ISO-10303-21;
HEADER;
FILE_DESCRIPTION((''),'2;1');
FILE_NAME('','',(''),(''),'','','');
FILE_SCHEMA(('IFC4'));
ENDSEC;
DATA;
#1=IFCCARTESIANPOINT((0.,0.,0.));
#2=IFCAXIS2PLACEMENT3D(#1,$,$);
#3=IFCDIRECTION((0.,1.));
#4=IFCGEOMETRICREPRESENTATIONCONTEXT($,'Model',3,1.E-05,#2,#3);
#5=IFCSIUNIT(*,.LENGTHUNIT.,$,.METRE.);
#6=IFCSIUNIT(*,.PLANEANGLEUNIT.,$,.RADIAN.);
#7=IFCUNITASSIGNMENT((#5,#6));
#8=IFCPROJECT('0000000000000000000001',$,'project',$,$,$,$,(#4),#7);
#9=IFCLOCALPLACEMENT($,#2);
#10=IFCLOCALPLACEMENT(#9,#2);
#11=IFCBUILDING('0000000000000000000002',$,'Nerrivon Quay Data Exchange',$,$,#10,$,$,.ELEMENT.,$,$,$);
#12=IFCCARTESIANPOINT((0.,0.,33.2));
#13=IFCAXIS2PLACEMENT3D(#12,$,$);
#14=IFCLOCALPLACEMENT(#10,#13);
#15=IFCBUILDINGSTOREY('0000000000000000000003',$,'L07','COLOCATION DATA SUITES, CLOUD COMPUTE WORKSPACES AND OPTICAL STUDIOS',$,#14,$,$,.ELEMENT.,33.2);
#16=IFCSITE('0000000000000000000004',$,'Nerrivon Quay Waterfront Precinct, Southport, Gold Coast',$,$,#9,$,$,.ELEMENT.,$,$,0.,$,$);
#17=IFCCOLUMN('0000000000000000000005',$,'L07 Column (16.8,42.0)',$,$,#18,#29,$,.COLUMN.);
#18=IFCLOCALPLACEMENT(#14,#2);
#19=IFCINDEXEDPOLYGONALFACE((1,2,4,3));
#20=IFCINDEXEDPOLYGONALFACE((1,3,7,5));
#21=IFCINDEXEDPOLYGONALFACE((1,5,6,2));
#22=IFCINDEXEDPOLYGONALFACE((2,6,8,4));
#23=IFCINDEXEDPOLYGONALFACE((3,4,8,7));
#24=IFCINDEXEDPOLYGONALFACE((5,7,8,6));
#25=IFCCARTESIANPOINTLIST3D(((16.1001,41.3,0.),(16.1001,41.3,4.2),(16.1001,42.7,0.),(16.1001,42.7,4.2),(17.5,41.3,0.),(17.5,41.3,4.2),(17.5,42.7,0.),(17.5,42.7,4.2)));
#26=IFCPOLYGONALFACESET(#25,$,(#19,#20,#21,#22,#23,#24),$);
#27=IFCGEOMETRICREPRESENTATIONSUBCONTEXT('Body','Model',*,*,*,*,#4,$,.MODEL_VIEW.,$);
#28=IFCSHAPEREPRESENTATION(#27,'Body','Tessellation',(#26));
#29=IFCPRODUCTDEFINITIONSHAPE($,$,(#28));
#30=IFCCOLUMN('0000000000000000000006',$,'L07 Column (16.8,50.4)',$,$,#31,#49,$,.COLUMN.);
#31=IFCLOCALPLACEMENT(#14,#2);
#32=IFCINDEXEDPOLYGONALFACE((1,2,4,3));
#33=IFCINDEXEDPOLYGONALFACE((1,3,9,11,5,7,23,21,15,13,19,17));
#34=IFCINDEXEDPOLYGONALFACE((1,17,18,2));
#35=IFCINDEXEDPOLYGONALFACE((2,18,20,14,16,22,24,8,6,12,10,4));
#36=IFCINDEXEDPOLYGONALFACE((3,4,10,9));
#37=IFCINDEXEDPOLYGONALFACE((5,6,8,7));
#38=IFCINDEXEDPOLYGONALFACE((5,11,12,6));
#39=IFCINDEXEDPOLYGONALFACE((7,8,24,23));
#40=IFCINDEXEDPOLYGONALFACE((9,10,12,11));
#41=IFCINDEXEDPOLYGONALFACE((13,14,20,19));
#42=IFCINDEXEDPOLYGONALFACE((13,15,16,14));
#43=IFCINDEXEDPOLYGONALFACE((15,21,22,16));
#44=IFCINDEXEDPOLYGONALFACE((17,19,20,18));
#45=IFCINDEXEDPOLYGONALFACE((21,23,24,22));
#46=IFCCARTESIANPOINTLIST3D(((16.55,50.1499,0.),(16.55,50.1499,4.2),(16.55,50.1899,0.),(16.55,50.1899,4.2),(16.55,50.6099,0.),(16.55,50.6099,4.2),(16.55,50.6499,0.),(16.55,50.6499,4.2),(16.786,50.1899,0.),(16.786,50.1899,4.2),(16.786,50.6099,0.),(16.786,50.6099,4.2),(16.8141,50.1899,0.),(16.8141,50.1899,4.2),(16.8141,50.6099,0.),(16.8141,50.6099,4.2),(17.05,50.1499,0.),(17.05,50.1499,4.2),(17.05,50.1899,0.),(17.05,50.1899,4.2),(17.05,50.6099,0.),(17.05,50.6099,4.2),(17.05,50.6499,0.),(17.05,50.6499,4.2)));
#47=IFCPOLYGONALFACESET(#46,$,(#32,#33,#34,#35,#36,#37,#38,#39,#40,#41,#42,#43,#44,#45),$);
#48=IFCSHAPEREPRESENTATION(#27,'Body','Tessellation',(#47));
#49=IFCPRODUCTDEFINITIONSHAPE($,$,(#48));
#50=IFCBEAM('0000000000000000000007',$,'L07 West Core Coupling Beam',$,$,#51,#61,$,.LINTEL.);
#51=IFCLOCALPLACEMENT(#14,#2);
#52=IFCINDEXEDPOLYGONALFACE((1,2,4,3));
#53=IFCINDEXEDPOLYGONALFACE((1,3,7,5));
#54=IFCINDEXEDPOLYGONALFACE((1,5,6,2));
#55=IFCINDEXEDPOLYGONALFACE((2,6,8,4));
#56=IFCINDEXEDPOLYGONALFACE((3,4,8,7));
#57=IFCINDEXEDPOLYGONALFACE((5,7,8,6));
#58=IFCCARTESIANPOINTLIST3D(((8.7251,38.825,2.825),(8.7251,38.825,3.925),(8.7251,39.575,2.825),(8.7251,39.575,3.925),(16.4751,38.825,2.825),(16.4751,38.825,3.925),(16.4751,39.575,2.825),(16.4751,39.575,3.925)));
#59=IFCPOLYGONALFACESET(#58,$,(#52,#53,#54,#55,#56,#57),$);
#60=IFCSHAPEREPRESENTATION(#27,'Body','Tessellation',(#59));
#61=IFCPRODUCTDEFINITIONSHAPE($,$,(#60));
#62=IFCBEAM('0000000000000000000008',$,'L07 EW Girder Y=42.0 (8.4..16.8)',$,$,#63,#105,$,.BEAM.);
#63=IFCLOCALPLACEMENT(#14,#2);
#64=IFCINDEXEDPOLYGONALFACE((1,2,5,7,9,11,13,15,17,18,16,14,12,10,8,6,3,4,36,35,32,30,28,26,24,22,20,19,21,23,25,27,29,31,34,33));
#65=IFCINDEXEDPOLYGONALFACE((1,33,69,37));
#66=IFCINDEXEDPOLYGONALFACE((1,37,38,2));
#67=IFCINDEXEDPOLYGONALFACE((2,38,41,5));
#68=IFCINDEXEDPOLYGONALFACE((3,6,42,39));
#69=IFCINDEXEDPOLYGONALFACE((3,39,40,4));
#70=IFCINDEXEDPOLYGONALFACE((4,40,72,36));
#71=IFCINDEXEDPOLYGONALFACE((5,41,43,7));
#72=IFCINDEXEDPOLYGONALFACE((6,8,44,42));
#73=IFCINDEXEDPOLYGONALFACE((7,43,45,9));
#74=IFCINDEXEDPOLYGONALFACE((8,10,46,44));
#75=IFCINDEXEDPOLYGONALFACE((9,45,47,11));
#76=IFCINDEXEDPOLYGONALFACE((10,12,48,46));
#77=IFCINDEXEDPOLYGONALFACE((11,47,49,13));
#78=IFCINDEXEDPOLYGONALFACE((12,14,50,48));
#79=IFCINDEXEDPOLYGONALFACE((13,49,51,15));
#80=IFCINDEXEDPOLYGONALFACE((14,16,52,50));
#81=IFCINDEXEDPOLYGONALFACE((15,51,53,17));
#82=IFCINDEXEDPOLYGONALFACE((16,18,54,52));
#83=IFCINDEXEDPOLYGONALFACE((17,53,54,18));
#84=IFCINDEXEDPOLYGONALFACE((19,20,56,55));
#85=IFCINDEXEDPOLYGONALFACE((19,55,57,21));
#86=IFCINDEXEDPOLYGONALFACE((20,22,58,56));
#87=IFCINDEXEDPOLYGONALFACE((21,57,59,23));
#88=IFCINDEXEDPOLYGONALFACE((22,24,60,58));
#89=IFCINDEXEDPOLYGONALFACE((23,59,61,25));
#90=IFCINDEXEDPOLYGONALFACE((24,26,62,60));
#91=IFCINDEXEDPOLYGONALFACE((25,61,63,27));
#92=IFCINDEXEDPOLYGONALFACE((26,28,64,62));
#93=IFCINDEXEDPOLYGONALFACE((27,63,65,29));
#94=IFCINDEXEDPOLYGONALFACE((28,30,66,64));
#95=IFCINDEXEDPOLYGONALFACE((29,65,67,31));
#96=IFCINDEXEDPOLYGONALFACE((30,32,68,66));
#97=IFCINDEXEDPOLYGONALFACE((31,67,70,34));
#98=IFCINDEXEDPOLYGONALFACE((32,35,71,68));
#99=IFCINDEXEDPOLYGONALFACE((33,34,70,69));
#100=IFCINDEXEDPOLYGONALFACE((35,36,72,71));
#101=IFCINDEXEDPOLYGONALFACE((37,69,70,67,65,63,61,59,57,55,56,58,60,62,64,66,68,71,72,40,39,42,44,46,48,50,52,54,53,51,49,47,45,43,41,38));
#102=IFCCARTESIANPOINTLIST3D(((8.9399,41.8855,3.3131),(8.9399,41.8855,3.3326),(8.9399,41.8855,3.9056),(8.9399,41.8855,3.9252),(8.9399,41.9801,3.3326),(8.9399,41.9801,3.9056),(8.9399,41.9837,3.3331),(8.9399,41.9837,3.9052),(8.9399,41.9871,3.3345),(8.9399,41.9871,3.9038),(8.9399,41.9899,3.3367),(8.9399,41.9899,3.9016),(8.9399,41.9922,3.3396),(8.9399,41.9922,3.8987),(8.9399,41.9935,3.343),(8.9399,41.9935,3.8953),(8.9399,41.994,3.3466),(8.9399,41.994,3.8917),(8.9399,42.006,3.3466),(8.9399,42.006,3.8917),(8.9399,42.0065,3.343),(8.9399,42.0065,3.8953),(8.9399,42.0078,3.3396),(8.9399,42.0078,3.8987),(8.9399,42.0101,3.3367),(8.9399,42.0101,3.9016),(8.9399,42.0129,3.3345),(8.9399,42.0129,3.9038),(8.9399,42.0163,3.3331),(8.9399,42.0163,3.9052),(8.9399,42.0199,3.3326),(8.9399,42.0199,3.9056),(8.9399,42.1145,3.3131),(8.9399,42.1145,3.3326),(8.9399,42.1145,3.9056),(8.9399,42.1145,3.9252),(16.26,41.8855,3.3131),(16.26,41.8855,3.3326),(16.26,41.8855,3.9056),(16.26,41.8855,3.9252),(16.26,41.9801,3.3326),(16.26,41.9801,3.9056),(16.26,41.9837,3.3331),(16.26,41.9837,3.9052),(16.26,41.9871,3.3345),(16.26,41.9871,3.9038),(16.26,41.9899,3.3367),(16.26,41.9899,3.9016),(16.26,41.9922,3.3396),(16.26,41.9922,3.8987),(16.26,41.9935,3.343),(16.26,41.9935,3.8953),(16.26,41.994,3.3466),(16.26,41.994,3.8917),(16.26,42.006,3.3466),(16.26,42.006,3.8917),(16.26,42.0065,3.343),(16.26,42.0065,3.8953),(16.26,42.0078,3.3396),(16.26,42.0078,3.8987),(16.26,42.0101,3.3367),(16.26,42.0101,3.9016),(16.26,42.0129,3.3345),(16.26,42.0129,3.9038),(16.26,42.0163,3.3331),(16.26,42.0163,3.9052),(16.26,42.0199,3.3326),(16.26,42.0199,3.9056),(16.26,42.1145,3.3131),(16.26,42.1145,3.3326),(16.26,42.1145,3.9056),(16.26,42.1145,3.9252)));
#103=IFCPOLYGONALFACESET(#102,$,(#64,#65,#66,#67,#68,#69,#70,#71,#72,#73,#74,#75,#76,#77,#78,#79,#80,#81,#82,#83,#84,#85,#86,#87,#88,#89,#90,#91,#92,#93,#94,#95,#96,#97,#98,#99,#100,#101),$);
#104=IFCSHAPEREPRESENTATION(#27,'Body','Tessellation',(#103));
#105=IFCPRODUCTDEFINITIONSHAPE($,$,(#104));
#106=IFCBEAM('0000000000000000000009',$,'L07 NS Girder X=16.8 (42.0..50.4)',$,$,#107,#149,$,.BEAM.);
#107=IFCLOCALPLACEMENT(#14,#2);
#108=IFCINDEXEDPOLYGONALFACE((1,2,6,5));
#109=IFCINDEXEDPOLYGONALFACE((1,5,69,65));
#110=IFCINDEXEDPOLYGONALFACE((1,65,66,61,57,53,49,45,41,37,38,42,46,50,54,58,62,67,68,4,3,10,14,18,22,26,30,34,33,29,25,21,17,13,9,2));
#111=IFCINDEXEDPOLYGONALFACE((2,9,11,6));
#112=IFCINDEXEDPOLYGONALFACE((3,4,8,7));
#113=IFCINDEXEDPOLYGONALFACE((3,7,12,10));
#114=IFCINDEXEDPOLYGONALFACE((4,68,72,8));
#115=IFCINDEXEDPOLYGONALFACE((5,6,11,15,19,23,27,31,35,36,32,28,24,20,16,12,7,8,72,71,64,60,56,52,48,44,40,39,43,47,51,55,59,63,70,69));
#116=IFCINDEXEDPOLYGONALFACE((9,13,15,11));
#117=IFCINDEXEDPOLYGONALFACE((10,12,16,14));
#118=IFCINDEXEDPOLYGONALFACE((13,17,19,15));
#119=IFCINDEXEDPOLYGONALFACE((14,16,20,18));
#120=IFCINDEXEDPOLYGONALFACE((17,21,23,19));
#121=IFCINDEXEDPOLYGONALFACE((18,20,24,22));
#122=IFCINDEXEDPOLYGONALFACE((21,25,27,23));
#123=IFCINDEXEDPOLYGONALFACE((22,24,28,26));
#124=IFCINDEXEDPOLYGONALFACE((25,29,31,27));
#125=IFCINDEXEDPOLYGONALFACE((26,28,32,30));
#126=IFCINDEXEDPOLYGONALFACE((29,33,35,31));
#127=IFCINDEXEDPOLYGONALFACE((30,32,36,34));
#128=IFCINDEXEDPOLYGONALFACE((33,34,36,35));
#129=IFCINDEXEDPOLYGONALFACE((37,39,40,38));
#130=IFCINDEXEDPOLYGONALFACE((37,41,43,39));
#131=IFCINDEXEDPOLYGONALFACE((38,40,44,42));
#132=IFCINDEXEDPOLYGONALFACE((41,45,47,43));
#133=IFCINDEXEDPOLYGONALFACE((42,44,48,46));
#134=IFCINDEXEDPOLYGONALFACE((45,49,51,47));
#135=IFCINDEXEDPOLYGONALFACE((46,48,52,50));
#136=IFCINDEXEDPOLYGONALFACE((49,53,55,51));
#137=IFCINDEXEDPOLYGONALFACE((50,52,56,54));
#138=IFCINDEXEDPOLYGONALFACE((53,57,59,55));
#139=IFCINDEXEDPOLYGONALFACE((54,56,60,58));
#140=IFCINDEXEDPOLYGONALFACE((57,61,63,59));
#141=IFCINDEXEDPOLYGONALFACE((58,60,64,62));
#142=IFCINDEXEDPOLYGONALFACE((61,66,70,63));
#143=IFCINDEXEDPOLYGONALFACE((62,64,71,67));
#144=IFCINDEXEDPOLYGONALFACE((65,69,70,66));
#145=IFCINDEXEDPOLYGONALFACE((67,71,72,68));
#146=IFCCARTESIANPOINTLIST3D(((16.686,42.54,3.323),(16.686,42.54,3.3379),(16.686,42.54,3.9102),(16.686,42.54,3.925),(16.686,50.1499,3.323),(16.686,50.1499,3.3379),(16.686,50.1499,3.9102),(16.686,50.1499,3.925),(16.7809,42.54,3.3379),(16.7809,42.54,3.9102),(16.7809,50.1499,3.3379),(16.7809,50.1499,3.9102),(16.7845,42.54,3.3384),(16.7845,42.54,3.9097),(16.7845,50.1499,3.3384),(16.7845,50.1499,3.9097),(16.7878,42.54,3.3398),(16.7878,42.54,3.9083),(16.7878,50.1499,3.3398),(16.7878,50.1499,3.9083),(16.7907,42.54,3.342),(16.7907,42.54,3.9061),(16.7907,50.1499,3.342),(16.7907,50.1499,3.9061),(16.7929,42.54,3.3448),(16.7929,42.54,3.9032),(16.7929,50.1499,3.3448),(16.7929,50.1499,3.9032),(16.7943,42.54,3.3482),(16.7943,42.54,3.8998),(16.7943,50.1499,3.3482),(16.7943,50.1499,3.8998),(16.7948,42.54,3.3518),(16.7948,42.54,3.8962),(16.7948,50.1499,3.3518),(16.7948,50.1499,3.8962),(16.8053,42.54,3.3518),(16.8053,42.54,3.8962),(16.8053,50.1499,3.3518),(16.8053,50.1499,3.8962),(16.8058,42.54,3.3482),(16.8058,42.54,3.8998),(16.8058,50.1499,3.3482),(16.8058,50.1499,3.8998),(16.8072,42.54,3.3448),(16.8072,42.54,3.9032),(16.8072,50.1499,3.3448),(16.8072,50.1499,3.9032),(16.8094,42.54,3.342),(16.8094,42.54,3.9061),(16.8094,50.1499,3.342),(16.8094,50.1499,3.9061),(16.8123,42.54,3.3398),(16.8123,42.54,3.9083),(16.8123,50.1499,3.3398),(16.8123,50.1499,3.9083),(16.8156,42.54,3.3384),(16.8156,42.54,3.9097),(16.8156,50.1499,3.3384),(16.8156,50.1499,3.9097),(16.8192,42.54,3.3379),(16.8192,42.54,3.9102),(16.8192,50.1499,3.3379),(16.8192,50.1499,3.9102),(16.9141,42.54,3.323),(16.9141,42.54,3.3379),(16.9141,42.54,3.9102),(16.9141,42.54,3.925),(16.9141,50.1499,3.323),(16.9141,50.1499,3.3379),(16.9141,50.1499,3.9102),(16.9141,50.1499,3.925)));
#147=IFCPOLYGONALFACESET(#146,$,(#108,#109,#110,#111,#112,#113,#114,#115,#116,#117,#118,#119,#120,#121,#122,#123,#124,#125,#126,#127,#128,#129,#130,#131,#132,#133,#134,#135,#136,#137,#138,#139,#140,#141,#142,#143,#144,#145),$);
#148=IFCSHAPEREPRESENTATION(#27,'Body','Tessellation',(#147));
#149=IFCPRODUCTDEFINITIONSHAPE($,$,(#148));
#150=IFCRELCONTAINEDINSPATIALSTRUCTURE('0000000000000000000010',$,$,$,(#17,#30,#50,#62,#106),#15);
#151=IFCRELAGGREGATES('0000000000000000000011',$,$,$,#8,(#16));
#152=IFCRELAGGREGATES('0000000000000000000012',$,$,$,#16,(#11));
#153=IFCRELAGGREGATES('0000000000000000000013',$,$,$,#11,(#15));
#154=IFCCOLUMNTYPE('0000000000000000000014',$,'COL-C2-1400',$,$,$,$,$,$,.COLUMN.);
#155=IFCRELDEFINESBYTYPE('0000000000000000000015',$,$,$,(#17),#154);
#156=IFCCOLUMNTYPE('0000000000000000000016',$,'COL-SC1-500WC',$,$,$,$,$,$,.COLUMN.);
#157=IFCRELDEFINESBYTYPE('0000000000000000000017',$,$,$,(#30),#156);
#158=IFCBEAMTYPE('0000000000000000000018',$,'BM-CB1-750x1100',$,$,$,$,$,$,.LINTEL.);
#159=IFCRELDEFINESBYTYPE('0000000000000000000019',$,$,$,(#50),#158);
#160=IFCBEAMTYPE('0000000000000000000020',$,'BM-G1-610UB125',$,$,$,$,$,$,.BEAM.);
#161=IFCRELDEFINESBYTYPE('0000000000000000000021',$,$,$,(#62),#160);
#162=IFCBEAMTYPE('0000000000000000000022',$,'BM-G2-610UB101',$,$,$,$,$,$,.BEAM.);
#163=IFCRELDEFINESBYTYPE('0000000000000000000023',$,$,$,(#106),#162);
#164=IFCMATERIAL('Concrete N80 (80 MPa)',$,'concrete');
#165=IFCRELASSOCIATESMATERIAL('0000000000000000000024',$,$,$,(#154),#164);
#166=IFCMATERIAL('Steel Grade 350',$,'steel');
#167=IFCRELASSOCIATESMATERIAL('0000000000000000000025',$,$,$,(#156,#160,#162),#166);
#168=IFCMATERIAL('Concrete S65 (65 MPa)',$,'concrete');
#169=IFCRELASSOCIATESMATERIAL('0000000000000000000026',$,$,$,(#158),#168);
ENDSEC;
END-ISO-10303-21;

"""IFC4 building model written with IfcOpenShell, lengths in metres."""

from ifc_helpers import new_model, si_unit, direction, frame, origin, origin_2d, place, context, subcontext, project, spatial, rectangle, i_section, extrude, material, material_profile, profile_set, type_object, element, save


model = new_model("IFC4")

# Units and contexts
model_context = context("Model", 3, precision=1e-05, world=origin(), true_north=direction((0.0, 1.0)))
body_context = subcontext(model_context, "Body", "Model", "MODEL_VIEW")
ifc_project = project(units=[si_unit("LENGTHUNIT", "METRE"), si_unit("PLANEANGLEUNIT", "RADIAN")], contexts=[model_context])

# Site, building, storey
site_placement = place(None, origin())
site = spatial("IfcSite", under=ifc_project, at=site_placement, Name="Nerrivon Quay Waterfront Precinct, Southport, Gold Coast", CompositionType="ELEMENT", RefElevation=0.0)
building_placement = place(site_placement, origin())
building = spatial("IfcBuilding", under=site, at=building_placement, Name="Nerrivon Quay Data Exchange", CompositionType="ELEMENT")
storey_placement = place(building_placement, frame((0.0, 0.0, 33.2)))
storey = spatial("IfcBuildingStorey", under=building, at=storey_placement, Name="L07", Description="COLOCATION DATA SUITES, CLOUD COMPUTE WORKSPACES AND OPTICAL STUDIOS", CompositionType="ELEMENT", Elevation=33.2)

# Columns
ifc_material_1 = material(Name="Concrete N80 (80 MPa)", Category="concrete")
ifc_material_profile_1 = material_profile(ifc_material_1, rectangle(XDim=1.3999, YDim=1.3999, at=origin_2d()), Name="RC-COL-1400x1400")
ifc_profile_set_1 = profile_set([ifc_material_profile_1], Name="Concrete N80 (80 MPa)")
column_type_1 = type_object("IfcColumnType", Name="COL-C2-1400", PredefinedType="COLUMN", material=ifc_profile_set_1)
column_1_placement = place(storey_placement, frame((16.8, 42.0, 0.0), z_axis=(0.0, 0.0, 1.0), x_axis=(1.0, 0.0, 0.0)))
element("IfcColumn", 1, at=column_1_placement, inside=storey, type_object=column_type_1, Name="L07 Column (16.8,42.0)", PredefinedType="COLUMN", context=body_context, shape_type="SweptSolid", body=[
    extrude(rectangle(XDim=1.3999, YDim=1.3999, at=origin_2d()), origin(), (0.0, 0.0, 1.0), 4.2),
])
ifc_material_2 = material(Name="Steel Grade 350", Category="steel")
ifc_material_profile_2 = material_profile(ifc_material_2, i_section(OverallWidth=0.5, OverallDepth=0.5, WebThickness=0.0281, FlangeThickness=0.04, at=origin_2d()), Name="500WC440")
ifc_profile_set_2 = profile_set([ifc_material_profile_2], Name="Steel Grade 350")
column_type_2 = type_object("IfcColumnType", Name="COL-SC1-500WC", PredefinedType="COLUMN", material=ifc_profile_set_2)
column_2_placement = place(storey_placement, frame((16.8, 50.3999, 0.0), z_axis=(0.0, 0.0, 1.0), x_axis=(1.0, 0.0, 0.0)))
element("IfcColumn", 2, at=column_2_placement, inside=storey, type_object=column_type_2, Name="L07 Column (16.8,50.4)", PredefinedType="COLUMN", context=body_context, shape_type="SweptSolid", body=[
    extrude(i_section(OverallWidth=0.5, OverallDepth=0.5, WebThickness=0.0281, FlangeThickness=0.04, at=origin_2d()), origin(), (0.0, 0.0, 1.0), 4.2),
])

# Beams
ifc_material_3 = material(Name="Concrete S65 (65 MPa)", Category="concrete")
ifc_material_profile_3 = material_profile(ifc_material_3, rectangle(XDim=0.75, YDim=1.1001, at=origin_2d()), Name="RC-CB-750x1100")
ifc_profile_set_3 = profile_set([ifc_material_profile_3], Name="Concrete S65 (65 MPa)")
beam_type_1 = type_object("IfcBeamType", Name="BM-CB1-750x1100", PredefinedType="LINTEL", material=ifc_profile_set_3)
beam_1_placement = place(storey_placement, frame((8.7251, 39.2, 3.375), z_axis=(1.0, 0.0, 0.0), x_axis=(0.0, 1.0, 0.0)))
element("IfcBeam", 3, at=beam_1_placement, inside=storey, type_object=beam_type_1, Name="L07 West Core Coupling Beam", PredefinedType="LINTEL", context=body_context, shape_type="SweptSolid", body=[
    extrude(rectangle(XDim=0.75, YDim=1.1001, at=origin_2d()), origin(), (0.0, 0.0, 1.0), 7.75),
])
ifc_material_profile_4 = material_profile(ifc_material_2, i_section(OverallWidth=0.229, OverallDepth=0.6121, WebThickness=0.012, FlangeThickness=0.0195, FilletRadius=0.0139, at=origin_2d()), Name="610UB125")
ifc_profile_set_4 = profile_set([ifc_material_profile_4], Name="Steel Grade 350")
beam_type_2 = type_object("IfcBeamType", Name="BM-G1-610UB125", PredefinedType="BEAM", material=ifc_profile_set_4)
beam_2_placement = place(storey_placement, frame((8.9399, 42.0, 3.6191), z_axis=(1.0, 0.0, 0.0), x_axis=(0.0, 1.0, 0.0)))
element("IfcBeam", 4, at=beam_2_placement, inside=storey, type_object=beam_type_2, Name="L07 EW Girder Y=42.0 (8.4..16.8)", PredefinedType="BEAM", context=body_context, shape_type="SweptSolid", body=[
    extrude(i_section(OverallWidth=0.229, OverallDepth=0.6121, WebThickness=0.012, FlangeThickness=0.0195, FilletRadius=0.0139, at=origin_2d()), origin(), (0.0, 0.0, 1.0), 7.3201),
])
ifc_material_profile_5 = material_profile(ifc_material_2, i_section(OverallWidth=0.228, OverallDepth=0.6021, WebThickness=0.0105, FlangeThickness=0.0149, FilletRadius=0.0139, at=origin_2d()), Name="610UB101")
ifc_profile_set_5 = profile_set([ifc_material_profile_5], Name="Steel Grade 350")
beam_type_3 = type_object("IfcBeamType", Name="BM-G2-610UB101", PredefinedType="BEAM", material=ifc_profile_set_5)
beam_3_placement = place(storey_placement, frame((16.8, 42.54, 3.624), z_axis=(0.0, 1.0, 0.0), x_axis=(-1.0, 0.0, 0.0)))
element("IfcBeam", 5, at=beam_3_placement, inside=storey, type_object=beam_type_3, Name="L07 NS Girder X=16.8 (42.0..50.4)", PredefinedType="BEAM", context=body_context, shape_type="SweptSolid", body=[
    extrude(i_section(OverallWidth=0.228, OverallDepth=0.6021, WebThickness=0.0105, FlangeThickness=0.0149, FilletRadius=0.0139, at=origin_2d()), origin(), (0.0, 0.0, 1.0), 7.6099),
])

save(model, "model.ifc")
